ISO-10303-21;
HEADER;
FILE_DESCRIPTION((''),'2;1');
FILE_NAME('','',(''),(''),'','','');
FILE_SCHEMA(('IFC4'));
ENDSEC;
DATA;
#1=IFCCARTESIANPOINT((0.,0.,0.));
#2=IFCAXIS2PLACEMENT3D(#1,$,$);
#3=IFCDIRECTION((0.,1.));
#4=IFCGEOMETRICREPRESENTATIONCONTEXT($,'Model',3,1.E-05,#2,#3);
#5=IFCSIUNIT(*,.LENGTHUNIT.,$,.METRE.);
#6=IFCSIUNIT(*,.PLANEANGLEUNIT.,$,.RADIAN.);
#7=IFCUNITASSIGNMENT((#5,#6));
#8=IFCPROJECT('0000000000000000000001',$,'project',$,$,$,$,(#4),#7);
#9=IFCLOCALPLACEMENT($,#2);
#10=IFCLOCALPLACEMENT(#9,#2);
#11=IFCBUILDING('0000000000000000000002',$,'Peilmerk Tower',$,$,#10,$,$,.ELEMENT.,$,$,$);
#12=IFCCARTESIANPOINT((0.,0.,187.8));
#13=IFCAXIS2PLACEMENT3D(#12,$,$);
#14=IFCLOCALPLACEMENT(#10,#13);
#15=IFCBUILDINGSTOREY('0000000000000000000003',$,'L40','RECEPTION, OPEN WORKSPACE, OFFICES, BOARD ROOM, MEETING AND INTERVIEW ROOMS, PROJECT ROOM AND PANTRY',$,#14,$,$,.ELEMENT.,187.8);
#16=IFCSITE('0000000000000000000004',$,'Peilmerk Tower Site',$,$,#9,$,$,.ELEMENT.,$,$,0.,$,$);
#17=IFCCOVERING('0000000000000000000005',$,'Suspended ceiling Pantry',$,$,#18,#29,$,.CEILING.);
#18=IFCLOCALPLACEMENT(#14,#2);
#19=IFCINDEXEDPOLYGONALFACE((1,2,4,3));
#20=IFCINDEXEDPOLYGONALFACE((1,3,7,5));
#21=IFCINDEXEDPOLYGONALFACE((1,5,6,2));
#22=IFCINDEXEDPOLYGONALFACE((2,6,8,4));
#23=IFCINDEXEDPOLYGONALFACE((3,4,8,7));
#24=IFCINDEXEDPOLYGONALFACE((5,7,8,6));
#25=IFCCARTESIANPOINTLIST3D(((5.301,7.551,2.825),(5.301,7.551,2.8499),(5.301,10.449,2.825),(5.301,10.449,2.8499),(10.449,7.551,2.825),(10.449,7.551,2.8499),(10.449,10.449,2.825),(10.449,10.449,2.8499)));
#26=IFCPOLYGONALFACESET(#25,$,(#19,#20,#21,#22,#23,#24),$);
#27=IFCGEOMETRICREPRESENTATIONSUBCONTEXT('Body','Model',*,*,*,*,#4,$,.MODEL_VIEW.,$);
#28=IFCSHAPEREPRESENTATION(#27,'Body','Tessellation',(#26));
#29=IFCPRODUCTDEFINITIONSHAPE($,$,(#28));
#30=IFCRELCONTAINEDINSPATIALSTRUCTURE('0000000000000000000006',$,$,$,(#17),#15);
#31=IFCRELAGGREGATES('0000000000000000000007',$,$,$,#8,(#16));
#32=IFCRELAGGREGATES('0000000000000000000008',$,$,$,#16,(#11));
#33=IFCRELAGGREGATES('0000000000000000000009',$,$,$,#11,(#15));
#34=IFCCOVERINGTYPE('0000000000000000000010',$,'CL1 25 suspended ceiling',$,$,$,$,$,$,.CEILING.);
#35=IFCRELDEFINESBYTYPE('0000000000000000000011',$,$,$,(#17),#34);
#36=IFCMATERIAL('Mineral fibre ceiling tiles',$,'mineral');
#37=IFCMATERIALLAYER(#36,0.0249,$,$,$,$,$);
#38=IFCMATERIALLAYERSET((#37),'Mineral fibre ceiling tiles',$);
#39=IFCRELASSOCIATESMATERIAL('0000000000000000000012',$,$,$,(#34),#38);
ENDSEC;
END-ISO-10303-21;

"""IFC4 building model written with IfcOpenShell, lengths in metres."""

from ifc_helpers import new_model, si_unit, direction, frame, origin, place, context, subcontext, project, spatial, polyline, outline, extrude, material, layer, layer_set, type_object, element, save


model = new_model("IFC4")

# Units and contexts
model_context = context("Model", 3, precision=1e-05, world=origin(), true_north=direction((0.0, 1.0)))
body_context = subcontext(model_context, "Body", "Model", "MODEL_VIEW")
ifc_project = project(units=[si_unit("LENGTHUNIT", "METRE"), si_unit("PLANEANGLEUNIT", "RADIAN")], contexts=[model_context])

# Site, building, storey
site_placement = place(None, origin())
site = spatial("IfcSite", under=ifc_project, at=site_placement, Name="Peilmerk Tower Site", CompositionType="ELEMENT", RefElevation=0.0)
building_placement = place(site_placement, origin())
building = spatial("IfcBuilding", under=site, at=building_placement, Name="Peilmerk Tower", CompositionType="ELEMENT")
storey_placement = place(building_placement, frame((0.0, 0.0, 187.8)))
storey = spatial("IfcBuildingStorey", under=building, at=storey_placement, Name="L40", Description="RECEPTION, OPEN WORKSPACE, OFFICES, BOARD ROOM, MEETING AND INTERVIEW ROOMS, PROJECT ROOM AND PANTRY", CompositionType="ELEMENT", Elevation=187.8)

# Covering
ifc_material_1 = material(Name="Mineral fibre ceiling tiles", Category="mineral")
ifc_layer_1 = layer(ifc_material_1, 0.0249)
ifc_layer_set_1 = layer_set([ifc_layer_1], Name="Mineral fibre ceiling tiles")
covering_type = type_object("IfcCoveringType", Name="CL1 25 suspended ceiling", PredefinedType="CEILING", material=ifc_layer_set_1)
covering_1_placement = place(storey_placement, frame((0.0, 0.0, 2.825)))
element("IfcCovering", 1, at=covering_1_placement, inside=storey, type_object=covering_type, Name="Suspended ceiling Pantry", PredefinedType="CEILING", context=body_context, shape_type="SweptSolid", body=[
    extrude(outline(polyline([(10.449, 7.551), (10.449, 10.449), (5.301, 10.449), (5.301, 7.551), (10.449, 7.551)])), origin(), (0.0, 0.0, 1.0), 0.0249),
])

save(model, "model.ifc")
